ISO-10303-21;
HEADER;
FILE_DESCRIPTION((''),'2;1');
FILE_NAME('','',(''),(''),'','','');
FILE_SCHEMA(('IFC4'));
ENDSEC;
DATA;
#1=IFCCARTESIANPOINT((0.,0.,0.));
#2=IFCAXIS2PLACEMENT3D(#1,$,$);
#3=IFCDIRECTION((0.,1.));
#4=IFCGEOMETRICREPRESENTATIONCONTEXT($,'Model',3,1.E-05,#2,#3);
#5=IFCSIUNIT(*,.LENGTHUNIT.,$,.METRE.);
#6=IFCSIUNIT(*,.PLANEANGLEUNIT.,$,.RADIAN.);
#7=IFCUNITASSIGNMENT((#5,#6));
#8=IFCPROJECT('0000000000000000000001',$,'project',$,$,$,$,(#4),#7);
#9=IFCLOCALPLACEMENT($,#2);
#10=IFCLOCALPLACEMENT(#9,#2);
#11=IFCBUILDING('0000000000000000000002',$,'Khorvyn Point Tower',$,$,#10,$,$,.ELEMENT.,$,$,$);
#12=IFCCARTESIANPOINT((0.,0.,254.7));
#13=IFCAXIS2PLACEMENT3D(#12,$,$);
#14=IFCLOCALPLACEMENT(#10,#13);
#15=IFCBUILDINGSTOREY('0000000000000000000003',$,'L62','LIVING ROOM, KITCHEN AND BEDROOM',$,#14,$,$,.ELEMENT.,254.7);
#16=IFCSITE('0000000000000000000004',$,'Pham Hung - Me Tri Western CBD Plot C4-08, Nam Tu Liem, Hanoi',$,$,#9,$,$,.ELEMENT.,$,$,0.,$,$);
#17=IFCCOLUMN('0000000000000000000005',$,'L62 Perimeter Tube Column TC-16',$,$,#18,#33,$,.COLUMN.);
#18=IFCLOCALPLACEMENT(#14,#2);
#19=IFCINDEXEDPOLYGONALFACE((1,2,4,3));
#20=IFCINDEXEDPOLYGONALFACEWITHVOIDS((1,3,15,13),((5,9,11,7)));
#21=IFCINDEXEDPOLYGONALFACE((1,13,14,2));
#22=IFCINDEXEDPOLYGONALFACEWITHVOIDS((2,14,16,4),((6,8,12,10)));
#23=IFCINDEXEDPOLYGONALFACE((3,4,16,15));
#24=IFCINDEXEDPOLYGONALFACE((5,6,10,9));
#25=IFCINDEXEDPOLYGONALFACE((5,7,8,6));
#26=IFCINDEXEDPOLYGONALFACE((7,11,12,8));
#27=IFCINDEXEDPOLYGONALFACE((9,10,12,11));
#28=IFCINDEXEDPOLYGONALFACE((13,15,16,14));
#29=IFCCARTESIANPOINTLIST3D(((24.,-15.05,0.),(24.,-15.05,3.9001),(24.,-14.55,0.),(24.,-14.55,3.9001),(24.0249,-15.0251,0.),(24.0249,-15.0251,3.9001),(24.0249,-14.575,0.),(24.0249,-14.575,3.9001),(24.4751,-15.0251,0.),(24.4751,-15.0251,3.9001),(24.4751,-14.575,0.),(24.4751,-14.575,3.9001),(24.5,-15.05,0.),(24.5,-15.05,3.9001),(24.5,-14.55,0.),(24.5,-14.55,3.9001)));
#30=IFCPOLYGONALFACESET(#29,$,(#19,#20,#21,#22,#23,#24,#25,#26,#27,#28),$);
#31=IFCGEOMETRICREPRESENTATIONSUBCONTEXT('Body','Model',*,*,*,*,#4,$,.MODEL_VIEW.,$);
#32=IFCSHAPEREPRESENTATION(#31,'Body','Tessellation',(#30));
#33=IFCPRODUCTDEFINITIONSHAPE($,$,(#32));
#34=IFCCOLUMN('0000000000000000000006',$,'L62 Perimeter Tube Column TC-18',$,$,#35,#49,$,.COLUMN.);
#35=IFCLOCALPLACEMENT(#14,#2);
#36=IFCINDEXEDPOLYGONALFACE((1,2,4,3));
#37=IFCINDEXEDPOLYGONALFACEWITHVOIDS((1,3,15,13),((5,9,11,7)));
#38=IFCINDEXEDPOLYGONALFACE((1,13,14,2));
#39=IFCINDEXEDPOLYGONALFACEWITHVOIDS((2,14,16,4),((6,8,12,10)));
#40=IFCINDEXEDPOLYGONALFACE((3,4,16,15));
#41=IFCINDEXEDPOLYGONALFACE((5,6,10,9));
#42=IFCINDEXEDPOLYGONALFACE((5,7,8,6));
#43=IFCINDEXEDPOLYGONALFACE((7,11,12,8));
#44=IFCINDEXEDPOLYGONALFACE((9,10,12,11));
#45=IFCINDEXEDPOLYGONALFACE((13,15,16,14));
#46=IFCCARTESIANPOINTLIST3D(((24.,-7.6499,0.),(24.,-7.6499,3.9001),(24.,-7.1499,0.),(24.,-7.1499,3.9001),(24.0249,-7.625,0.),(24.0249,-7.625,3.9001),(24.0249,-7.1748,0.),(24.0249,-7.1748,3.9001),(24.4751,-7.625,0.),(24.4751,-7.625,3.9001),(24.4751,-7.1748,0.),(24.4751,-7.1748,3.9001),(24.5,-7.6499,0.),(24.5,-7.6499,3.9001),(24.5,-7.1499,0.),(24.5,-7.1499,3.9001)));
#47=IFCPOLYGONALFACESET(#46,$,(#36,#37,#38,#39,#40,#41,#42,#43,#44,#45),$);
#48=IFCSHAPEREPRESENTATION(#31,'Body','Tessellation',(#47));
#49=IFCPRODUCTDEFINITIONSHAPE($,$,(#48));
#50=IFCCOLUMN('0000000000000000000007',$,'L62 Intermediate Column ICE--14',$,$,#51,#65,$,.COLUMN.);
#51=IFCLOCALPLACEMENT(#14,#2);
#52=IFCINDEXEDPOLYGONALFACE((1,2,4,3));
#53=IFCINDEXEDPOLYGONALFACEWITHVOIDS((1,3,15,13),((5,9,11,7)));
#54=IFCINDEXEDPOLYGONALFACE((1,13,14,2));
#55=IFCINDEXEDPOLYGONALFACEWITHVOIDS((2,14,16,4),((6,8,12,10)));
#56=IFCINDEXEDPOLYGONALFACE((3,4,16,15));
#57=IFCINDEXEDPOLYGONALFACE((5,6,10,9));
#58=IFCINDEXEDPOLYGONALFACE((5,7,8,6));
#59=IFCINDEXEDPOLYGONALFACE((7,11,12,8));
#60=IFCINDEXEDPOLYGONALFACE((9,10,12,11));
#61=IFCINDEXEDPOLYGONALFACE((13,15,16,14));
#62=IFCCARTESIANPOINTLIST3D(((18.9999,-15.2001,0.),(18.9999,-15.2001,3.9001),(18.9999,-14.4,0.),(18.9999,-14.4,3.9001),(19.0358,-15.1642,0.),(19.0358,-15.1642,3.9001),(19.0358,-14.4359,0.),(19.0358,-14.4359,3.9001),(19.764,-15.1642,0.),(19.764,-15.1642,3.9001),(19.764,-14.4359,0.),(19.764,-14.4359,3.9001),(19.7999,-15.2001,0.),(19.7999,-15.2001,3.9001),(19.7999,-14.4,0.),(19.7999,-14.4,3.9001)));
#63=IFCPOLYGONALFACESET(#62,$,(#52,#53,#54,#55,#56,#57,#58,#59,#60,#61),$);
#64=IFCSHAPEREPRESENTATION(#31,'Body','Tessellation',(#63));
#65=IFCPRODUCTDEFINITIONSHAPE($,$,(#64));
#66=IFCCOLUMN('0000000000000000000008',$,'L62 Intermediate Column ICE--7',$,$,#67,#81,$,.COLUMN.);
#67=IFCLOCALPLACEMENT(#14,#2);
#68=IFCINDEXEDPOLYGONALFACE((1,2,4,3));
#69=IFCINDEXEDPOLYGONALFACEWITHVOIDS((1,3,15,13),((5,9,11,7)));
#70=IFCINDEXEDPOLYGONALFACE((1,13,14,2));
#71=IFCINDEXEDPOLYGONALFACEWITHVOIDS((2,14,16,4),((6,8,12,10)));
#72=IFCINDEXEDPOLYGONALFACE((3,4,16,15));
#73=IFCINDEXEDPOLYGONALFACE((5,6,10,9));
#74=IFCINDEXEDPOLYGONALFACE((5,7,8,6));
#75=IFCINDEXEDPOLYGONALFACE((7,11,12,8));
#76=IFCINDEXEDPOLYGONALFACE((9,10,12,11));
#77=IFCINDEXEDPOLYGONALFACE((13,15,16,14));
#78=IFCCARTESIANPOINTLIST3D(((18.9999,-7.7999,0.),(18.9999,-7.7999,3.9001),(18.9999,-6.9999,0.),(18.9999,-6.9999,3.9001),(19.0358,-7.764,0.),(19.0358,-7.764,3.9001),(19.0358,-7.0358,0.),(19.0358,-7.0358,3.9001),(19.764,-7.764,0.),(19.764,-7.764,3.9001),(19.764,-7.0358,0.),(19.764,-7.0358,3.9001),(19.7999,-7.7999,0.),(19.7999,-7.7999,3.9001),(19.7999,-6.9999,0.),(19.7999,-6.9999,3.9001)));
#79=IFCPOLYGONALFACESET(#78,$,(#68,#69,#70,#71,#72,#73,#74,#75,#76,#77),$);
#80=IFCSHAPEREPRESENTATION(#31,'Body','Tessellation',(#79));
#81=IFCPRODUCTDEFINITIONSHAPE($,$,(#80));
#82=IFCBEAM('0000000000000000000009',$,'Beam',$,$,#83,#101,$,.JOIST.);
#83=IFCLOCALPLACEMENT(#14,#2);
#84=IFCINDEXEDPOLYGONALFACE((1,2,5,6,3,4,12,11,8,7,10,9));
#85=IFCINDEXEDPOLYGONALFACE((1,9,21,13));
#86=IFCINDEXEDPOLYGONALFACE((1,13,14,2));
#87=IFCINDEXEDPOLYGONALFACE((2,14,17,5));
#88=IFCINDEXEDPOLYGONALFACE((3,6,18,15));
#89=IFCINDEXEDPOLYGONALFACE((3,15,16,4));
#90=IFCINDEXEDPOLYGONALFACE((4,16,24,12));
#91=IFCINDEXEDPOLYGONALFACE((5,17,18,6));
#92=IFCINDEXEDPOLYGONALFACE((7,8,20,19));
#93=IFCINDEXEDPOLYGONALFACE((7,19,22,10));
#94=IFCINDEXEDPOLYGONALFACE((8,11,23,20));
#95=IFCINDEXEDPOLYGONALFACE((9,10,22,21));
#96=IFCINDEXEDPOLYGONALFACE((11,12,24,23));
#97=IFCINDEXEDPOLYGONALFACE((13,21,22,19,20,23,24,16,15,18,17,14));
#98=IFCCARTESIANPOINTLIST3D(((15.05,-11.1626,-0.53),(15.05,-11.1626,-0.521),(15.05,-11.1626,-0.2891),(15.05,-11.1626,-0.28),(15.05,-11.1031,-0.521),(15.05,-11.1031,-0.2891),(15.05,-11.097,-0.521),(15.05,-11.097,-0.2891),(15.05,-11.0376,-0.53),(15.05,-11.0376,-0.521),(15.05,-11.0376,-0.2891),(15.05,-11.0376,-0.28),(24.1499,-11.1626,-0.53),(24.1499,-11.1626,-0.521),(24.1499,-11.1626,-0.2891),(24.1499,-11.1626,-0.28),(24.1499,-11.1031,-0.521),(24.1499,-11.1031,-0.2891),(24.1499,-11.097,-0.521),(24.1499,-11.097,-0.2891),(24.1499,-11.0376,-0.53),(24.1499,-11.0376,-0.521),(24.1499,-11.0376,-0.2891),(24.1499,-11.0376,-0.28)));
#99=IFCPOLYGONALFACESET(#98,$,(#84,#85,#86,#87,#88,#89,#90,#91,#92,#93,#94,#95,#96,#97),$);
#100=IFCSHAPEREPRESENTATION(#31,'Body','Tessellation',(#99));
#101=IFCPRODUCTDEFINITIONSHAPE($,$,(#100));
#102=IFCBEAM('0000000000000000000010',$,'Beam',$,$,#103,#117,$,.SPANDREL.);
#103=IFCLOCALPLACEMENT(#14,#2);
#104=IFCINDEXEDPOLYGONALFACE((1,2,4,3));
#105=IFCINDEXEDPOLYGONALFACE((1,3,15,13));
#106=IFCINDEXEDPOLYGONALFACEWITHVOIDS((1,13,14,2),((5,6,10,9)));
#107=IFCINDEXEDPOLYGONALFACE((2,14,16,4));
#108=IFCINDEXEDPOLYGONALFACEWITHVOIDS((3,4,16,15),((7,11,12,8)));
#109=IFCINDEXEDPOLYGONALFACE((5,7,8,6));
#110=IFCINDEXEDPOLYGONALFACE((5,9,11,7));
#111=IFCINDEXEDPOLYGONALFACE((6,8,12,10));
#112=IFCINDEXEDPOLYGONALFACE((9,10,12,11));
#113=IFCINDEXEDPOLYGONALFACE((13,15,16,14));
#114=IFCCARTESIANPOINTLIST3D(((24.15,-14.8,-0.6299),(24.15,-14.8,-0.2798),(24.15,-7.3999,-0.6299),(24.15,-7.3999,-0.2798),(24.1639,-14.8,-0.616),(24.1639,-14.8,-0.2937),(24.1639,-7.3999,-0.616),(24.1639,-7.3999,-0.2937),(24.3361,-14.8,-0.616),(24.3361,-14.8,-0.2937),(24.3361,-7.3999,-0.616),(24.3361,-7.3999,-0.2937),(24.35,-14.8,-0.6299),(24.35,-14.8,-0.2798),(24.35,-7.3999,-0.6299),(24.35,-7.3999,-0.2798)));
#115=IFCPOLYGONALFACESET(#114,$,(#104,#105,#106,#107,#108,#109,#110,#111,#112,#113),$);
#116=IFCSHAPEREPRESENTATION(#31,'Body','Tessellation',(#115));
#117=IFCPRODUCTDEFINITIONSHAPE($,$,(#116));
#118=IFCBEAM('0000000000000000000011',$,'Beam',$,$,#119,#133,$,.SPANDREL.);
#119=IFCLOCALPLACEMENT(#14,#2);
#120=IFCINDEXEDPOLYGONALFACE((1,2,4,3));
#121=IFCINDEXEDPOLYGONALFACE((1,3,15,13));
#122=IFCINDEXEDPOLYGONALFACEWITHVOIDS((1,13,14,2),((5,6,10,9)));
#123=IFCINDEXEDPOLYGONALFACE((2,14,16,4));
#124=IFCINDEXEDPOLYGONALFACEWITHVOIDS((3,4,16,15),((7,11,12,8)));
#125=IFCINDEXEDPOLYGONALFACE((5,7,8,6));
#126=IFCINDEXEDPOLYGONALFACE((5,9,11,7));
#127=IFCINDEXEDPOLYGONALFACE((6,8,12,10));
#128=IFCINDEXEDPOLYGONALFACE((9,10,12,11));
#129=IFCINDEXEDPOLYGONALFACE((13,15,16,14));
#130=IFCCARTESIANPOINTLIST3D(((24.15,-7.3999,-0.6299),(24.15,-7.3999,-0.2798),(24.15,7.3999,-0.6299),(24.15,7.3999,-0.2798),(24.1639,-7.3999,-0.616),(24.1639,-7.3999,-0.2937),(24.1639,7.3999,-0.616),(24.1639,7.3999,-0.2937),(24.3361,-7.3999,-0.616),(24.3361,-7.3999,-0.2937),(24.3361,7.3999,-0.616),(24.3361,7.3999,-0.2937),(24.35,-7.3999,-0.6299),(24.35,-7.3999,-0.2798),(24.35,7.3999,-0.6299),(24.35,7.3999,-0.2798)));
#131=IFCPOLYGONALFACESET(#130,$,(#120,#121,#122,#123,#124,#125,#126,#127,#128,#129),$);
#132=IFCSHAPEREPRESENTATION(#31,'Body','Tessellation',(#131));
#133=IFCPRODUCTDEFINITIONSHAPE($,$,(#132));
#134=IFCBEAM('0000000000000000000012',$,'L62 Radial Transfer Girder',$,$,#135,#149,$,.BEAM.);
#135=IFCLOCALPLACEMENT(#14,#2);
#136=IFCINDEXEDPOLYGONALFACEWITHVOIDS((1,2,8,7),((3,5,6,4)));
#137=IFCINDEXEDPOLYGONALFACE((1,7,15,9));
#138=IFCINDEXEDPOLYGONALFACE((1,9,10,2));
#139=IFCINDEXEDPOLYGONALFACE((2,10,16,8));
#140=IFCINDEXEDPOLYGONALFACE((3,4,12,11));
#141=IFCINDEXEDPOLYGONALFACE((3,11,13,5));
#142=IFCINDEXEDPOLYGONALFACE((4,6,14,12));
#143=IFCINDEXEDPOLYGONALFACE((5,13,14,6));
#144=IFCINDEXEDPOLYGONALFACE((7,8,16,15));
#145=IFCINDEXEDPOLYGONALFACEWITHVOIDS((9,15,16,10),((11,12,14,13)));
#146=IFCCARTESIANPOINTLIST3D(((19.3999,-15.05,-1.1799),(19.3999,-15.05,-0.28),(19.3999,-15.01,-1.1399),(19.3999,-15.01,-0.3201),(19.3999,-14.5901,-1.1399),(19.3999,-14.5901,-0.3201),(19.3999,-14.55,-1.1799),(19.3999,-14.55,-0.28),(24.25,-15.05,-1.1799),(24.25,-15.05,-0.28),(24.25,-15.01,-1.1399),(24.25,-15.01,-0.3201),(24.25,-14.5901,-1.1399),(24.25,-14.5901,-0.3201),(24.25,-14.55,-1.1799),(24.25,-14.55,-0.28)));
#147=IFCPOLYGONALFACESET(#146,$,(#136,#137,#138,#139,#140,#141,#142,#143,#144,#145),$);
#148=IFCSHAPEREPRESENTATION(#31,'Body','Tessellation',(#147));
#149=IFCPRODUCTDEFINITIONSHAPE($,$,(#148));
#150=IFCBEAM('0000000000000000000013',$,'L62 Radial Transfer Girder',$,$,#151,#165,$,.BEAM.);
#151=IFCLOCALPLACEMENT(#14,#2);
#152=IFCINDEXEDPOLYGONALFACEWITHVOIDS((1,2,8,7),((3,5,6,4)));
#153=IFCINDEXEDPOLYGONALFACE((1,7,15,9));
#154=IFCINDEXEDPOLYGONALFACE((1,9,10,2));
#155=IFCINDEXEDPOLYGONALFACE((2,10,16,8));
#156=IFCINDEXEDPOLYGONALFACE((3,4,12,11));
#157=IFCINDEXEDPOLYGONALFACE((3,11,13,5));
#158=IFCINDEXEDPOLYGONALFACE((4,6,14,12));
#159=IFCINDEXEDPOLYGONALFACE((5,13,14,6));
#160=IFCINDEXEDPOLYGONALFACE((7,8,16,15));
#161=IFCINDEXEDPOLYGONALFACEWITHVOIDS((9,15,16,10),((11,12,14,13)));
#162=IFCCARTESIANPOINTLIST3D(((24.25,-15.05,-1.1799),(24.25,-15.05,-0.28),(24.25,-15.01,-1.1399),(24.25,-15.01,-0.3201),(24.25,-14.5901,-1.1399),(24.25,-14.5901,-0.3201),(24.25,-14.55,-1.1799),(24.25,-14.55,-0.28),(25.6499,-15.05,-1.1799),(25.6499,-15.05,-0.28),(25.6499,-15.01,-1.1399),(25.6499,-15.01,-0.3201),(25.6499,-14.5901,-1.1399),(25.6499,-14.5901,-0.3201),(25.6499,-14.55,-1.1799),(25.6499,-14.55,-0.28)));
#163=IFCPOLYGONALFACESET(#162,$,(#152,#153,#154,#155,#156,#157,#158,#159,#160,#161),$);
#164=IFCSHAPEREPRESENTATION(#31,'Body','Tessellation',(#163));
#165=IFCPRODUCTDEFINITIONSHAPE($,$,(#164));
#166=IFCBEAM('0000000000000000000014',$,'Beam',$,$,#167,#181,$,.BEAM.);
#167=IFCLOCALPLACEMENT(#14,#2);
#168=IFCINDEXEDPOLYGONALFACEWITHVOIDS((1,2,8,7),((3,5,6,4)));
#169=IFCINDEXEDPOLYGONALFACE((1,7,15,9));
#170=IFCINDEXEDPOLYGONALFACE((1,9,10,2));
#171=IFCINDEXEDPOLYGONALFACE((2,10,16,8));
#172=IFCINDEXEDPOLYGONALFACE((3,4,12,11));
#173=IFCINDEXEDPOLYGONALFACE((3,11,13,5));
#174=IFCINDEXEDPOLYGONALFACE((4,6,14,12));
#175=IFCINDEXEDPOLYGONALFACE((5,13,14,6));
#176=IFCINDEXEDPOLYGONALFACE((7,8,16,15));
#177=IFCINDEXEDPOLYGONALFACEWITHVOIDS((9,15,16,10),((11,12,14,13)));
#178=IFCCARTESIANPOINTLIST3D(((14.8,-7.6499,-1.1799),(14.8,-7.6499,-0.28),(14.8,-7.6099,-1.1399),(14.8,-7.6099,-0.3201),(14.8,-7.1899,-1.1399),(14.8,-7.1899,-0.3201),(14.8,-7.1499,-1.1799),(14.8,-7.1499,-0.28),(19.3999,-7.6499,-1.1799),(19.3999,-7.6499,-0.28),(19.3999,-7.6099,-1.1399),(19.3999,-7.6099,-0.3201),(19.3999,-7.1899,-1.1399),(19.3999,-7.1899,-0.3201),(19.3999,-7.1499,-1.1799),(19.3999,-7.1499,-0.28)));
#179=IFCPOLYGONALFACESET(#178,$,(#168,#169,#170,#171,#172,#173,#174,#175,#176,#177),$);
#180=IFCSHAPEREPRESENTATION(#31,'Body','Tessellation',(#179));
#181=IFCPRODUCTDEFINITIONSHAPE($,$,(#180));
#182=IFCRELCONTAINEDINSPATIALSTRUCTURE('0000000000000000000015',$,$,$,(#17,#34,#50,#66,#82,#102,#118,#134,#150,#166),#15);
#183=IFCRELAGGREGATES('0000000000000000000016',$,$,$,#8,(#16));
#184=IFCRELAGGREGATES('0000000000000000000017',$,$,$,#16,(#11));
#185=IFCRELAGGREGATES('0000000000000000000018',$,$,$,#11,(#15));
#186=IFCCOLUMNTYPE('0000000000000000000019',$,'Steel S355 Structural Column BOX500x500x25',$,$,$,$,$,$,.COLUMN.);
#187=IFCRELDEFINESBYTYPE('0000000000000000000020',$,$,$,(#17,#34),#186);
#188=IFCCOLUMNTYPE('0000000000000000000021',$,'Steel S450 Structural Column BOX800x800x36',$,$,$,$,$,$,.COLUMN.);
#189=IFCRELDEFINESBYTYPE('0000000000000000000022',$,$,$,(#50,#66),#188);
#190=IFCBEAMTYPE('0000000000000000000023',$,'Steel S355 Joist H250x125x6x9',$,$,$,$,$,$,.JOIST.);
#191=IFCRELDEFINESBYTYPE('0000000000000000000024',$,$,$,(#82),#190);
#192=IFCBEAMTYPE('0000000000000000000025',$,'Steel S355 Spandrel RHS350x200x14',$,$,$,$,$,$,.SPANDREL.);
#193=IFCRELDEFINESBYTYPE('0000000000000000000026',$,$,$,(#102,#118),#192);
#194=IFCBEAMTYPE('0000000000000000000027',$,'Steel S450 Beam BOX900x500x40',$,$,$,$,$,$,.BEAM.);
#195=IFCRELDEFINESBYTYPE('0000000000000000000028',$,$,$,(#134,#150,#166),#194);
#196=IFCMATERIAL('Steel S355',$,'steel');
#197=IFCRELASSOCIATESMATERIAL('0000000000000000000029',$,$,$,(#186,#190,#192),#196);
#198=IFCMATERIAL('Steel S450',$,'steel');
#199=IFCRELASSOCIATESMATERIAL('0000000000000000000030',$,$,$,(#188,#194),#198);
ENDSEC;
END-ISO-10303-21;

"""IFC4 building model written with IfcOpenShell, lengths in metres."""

from ifc_helpers import new_model, si_unit, direction, frame, origin, origin_2d, place, context, subcontext, project, spatial, hollow_rectangle, i_section, extrude, material, material_profile, profile_set, type_object, element, save


model = new_model("IFC4")

# Units and contexts
model_context = context("Model", 3, precision=1e-05, world=origin(), true_north=direction((0.0, 1.0)))
body_context = subcontext(model_context, "Body", "Model", "MODEL_VIEW")
ifc_project = project(units=[si_unit("LENGTHUNIT", "METRE"), si_unit("PLANEANGLEUNIT", "RADIAN")], contexts=[model_context])

# Site, building, storey
site_placement = place(None, origin())
site = spatial("IfcSite", under=ifc_project, at=site_placement, Name="Pham Hung - Me Tri Western CBD Plot C4-08, Nam Tu Liem, Hanoi", CompositionType="ELEMENT", RefElevation=0.0)
building_placement = place(site_placement, origin())
building = spatial("IfcBuilding", under=site, at=building_placement, Name="Khorvyn Point Tower", CompositionType="ELEMENT")
storey_placement = place(building_placement, frame((0.0, 0.0, 254.7)))
storey = spatial("IfcBuildingStorey", under=building, at=storey_placement, Name="L62", Description="LIVING ROOM, KITCHEN AND BEDROOM", CompositionType="ELEMENT", Elevation=254.7)

# Columns
ifc_material_1 = material(Name="Steel S355", Category="steel")
ifc_material_profile_1 = material_profile(ifc_material_1, hollow_rectangle(XDim=0.5, YDim=0.5, WallThickness=0.0249, at=origin_2d()))
ifc_profile_set_1 = profile_set([ifc_material_profile_1], Name="Steel S355 BOX500x500x25")
column_type_1 = type_object("IfcColumnType", Name="Steel S355 Structural Column BOX500x500x25", PredefinedType="COLUMN", material=ifc_profile_set_1)
for number, where, z_axis, x_axis, name in (
    (1, (24.25, -14.8, 0.0), (0.0, 0.0, 1.0), (1.0, 0.0, 0.0), "L62 Perimeter Tube Column TC-16"),
    (2, (24.25, -7.3999, 0.0), (0.0, 0.0, 1.0), (1.0, 0.0, 0.0), "L62 Perimeter Tube Column TC-18"),
):
    element("IfcColumn", number, at=place(storey_placement, frame(where, z_axis=z_axis, x_axis=x_axis)), inside=storey, type_object=column_type_1, Name=name, PredefinedType="COLUMN", context=body_context, shape_type="SweptSolid", body=[
        extrude(hollow_rectangle(XDim=0.5, YDim=0.5, WallThickness=0.0249, at=origin_2d()), origin(), (0.0, 0.0, 1.0), 3.9001),
    ])
ifc_material_2 = material(Name="Steel S450", Category="steel")
ifc_material_profile_2 = material_profile(ifc_material_2, hollow_rectangle(XDim=0.8, YDim=0.8, WallThickness=0.0359, at=origin_2d()))
ifc_profile_set_2 = profile_set([ifc_material_profile_2], Name="Steel S450 BOX800x800x36")
column_type_2 = type_object("IfcColumnType", Name="Steel S450 Structural Column BOX800x800x36", PredefinedType="COLUMN", material=ifc_profile_set_2)
for number, where, z_axis, x_axis, name in (
    (3, (19.3999, -14.8, 0.0), (0.0, 0.0, 1.0), (1.0, 0.0, 0.0), "L62 Intermediate Column ICE--14"),
    (4, (19.3999, -7.3999, 0.0), (0.0, 0.0, 1.0), (1.0, 0.0, 0.0), "L62 Intermediate Column ICE--7"),
):
    element("IfcColumn", number, at=place(storey_placement, frame(where, z_axis=z_axis, x_axis=x_axis)), inside=storey, type_object=column_type_2, Name=name, PredefinedType="COLUMN", context=body_context, shape_type="SweptSolid", body=[
        extrude(hollow_rectangle(XDim=0.8, YDim=0.8, WallThickness=0.0359, at=origin_2d()), origin(), (0.0, 0.0, 1.0), 3.9001),
    ])

# Beams
ifc_material_profile_3 = material_profile(ifc_material_1, i_section(OverallWidth=0.125, OverallDepth=0.25, WebThickness=0.0061, FlangeThickness=0.009, at=origin_2d()))
ifc_profile_set_3 = profile_set([ifc_material_profile_3], Name="Steel S355 H250x125x6x9")
beam_type_1 = type_object("IfcBeamType", Name="Steel S355 Joist H250x125x6x9", PredefinedType="JOIST", material=ifc_profile_set_3)
beam_1_placement = place(storey_placement, frame((15.05, -11.1001, -0.405), z_axis=(1.0, 0.0, 0.0), x_axis=(0.0, 1.0, 0.0)))
element("IfcBeam", 5, at=beam_1_placement, inside=storey, type_object=beam_type_1, Name="Beam", PredefinedType="JOIST", context=body_context, shape_type="SweptSolid", body=[
    extrude(i_section(OverallWidth=0.125, OverallDepth=0.25, WebThickness=0.0061, FlangeThickness=0.009, at=origin_2d()), origin(), (0.0, 0.0, 1.0), 9.0999),
])
ifc_material_profile_4 = material_profile(ifc_material_1, hollow_rectangle(XDim=0.2, YDim=0.3501, WallThickness=0.0139, at=origin_2d()))
ifc_profile_set_4 = profile_set([ifc_material_profile_4], Name="Steel S355 RHS350x200x14")
beam_type_2 = type_object("IfcBeamType", Name="Steel S355 Spandrel RHS350x200x14", PredefinedType="SPANDREL", material=ifc_profile_set_4)
beam_2_placement = place(storey_placement, frame((24.25, -14.8, -0.4548), z_axis=(0.0, 1.0, 0.0), x_axis=(-1.0, 0.0, 0.0)))
element("IfcBeam", 6, at=beam_2_placement, inside=storey, type_object=beam_type_2, Name="Beam", PredefinedType="SPANDREL", context=body_context, shape_type="SweptSolid", body=[
    extrude(hollow_rectangle(XDim=0.2, YDim=0.3501, WallThickness=0.0139, at=origin_2d()), origin(), (0.0, 0.0, 1.0), 7.4001),
])
beam_3_placement = place(storey_placement, frame((24.25, -7.3999, -0.4548), z_axis=(0.0, 1.0, 0.0), x_axis=(-1.0, 0.0, 0.0)))
element("IfcBeam", 7, at=beam_3_placement, inside=storey, type_object=beam_type_2, Name="Beam", PredefinedType="SPANDREL", context=body_context, shape_type="SweptSolid", body=[
    extrude(hollow_rectangle(XDim=0.2, YDim=0.3501, WallThickness=0.0139, at=origin_2d()), origin(), (0.0, 0.0, 1.0), 14.7998),
])
ifc_material_profile_5 = material_profile(ifc_material_2, hollow_rectangle(XDim=0.5, YDim=0.8999, WallThickness=0.04, at=origin_2d()))
ifc_profile_set_5 = profile_set([ifc_material_profile_5], Name="Steel S450 BOX900x500x40")
beam_type_3 = type_object("IfcBeamType", Name="Steel S450 Beam BOX900x500x40", PredefinedType="BEAM", material=ifc_profile_set_5)
beam_4_placement = place(storey_placement, frame((19.3999, -14.8, -0.73), z_axis=(1.0, 0.0, 0.0), x_axis=(0.0, 1.0, 0.0)))
element("IfcBeam", 8, at=beam_4_placement, inside=storey, type_object=beam_type_3, Name="L62 Radial Transfer Girder", PredefinedType="BEAM", context=body_context, shape_type="SweptSolid", body=[
    extrude(hollow_rectangle(XDim=0.5, YDim=0.8999, WallThickness=0.04, at=origin_2d()), origin(), (0.0, 0.0, 1.0), 4.8501),
])
beam_5_placement = place(storey_placement, frame((24.25, -14.8, -0.73), z_axis=(1.0, 0.0, 0.0), x_axis=(0.0, 1.0, 0.0)))
element("IfcBeam", 9, at=beam_5_placement, inside=storey, type_object=beam_type_3, Name="L62 Radial Transfer Girder", PredefinedType="BEAM", context=body_context, shape_type="SweptSolid", body=[
    extrude(hollow_rectangle(XDim=0.5, YDim=0.8999, WallThickness=0.04, at=origin_2d()), origin(), (0.0, 0.0, 1.0), 1.3999),
])
beam_6_placement = place(storey_placement, frame((14.8, -7.3999, -0.73), z_axis=(1.0, 0.0, 0.0), x_axis=(0.0, 1.0, 0.0)))
element("IfcBeam", 10, at=beam_6_placement, inside=storey, type_object=beam_type_3, Name="Beam", PredefinedType="BEAM", context=body_context, shape_type="SweptSolid", body=[
    extrude(hollow_rectangle(XDim=0.5, YDim=0.8999, WallThickness=0.04, at=origin_2d()), origin(), (0.0, 0.0, 1.0), 4.5999),
])

save(model, "model.ifc")
